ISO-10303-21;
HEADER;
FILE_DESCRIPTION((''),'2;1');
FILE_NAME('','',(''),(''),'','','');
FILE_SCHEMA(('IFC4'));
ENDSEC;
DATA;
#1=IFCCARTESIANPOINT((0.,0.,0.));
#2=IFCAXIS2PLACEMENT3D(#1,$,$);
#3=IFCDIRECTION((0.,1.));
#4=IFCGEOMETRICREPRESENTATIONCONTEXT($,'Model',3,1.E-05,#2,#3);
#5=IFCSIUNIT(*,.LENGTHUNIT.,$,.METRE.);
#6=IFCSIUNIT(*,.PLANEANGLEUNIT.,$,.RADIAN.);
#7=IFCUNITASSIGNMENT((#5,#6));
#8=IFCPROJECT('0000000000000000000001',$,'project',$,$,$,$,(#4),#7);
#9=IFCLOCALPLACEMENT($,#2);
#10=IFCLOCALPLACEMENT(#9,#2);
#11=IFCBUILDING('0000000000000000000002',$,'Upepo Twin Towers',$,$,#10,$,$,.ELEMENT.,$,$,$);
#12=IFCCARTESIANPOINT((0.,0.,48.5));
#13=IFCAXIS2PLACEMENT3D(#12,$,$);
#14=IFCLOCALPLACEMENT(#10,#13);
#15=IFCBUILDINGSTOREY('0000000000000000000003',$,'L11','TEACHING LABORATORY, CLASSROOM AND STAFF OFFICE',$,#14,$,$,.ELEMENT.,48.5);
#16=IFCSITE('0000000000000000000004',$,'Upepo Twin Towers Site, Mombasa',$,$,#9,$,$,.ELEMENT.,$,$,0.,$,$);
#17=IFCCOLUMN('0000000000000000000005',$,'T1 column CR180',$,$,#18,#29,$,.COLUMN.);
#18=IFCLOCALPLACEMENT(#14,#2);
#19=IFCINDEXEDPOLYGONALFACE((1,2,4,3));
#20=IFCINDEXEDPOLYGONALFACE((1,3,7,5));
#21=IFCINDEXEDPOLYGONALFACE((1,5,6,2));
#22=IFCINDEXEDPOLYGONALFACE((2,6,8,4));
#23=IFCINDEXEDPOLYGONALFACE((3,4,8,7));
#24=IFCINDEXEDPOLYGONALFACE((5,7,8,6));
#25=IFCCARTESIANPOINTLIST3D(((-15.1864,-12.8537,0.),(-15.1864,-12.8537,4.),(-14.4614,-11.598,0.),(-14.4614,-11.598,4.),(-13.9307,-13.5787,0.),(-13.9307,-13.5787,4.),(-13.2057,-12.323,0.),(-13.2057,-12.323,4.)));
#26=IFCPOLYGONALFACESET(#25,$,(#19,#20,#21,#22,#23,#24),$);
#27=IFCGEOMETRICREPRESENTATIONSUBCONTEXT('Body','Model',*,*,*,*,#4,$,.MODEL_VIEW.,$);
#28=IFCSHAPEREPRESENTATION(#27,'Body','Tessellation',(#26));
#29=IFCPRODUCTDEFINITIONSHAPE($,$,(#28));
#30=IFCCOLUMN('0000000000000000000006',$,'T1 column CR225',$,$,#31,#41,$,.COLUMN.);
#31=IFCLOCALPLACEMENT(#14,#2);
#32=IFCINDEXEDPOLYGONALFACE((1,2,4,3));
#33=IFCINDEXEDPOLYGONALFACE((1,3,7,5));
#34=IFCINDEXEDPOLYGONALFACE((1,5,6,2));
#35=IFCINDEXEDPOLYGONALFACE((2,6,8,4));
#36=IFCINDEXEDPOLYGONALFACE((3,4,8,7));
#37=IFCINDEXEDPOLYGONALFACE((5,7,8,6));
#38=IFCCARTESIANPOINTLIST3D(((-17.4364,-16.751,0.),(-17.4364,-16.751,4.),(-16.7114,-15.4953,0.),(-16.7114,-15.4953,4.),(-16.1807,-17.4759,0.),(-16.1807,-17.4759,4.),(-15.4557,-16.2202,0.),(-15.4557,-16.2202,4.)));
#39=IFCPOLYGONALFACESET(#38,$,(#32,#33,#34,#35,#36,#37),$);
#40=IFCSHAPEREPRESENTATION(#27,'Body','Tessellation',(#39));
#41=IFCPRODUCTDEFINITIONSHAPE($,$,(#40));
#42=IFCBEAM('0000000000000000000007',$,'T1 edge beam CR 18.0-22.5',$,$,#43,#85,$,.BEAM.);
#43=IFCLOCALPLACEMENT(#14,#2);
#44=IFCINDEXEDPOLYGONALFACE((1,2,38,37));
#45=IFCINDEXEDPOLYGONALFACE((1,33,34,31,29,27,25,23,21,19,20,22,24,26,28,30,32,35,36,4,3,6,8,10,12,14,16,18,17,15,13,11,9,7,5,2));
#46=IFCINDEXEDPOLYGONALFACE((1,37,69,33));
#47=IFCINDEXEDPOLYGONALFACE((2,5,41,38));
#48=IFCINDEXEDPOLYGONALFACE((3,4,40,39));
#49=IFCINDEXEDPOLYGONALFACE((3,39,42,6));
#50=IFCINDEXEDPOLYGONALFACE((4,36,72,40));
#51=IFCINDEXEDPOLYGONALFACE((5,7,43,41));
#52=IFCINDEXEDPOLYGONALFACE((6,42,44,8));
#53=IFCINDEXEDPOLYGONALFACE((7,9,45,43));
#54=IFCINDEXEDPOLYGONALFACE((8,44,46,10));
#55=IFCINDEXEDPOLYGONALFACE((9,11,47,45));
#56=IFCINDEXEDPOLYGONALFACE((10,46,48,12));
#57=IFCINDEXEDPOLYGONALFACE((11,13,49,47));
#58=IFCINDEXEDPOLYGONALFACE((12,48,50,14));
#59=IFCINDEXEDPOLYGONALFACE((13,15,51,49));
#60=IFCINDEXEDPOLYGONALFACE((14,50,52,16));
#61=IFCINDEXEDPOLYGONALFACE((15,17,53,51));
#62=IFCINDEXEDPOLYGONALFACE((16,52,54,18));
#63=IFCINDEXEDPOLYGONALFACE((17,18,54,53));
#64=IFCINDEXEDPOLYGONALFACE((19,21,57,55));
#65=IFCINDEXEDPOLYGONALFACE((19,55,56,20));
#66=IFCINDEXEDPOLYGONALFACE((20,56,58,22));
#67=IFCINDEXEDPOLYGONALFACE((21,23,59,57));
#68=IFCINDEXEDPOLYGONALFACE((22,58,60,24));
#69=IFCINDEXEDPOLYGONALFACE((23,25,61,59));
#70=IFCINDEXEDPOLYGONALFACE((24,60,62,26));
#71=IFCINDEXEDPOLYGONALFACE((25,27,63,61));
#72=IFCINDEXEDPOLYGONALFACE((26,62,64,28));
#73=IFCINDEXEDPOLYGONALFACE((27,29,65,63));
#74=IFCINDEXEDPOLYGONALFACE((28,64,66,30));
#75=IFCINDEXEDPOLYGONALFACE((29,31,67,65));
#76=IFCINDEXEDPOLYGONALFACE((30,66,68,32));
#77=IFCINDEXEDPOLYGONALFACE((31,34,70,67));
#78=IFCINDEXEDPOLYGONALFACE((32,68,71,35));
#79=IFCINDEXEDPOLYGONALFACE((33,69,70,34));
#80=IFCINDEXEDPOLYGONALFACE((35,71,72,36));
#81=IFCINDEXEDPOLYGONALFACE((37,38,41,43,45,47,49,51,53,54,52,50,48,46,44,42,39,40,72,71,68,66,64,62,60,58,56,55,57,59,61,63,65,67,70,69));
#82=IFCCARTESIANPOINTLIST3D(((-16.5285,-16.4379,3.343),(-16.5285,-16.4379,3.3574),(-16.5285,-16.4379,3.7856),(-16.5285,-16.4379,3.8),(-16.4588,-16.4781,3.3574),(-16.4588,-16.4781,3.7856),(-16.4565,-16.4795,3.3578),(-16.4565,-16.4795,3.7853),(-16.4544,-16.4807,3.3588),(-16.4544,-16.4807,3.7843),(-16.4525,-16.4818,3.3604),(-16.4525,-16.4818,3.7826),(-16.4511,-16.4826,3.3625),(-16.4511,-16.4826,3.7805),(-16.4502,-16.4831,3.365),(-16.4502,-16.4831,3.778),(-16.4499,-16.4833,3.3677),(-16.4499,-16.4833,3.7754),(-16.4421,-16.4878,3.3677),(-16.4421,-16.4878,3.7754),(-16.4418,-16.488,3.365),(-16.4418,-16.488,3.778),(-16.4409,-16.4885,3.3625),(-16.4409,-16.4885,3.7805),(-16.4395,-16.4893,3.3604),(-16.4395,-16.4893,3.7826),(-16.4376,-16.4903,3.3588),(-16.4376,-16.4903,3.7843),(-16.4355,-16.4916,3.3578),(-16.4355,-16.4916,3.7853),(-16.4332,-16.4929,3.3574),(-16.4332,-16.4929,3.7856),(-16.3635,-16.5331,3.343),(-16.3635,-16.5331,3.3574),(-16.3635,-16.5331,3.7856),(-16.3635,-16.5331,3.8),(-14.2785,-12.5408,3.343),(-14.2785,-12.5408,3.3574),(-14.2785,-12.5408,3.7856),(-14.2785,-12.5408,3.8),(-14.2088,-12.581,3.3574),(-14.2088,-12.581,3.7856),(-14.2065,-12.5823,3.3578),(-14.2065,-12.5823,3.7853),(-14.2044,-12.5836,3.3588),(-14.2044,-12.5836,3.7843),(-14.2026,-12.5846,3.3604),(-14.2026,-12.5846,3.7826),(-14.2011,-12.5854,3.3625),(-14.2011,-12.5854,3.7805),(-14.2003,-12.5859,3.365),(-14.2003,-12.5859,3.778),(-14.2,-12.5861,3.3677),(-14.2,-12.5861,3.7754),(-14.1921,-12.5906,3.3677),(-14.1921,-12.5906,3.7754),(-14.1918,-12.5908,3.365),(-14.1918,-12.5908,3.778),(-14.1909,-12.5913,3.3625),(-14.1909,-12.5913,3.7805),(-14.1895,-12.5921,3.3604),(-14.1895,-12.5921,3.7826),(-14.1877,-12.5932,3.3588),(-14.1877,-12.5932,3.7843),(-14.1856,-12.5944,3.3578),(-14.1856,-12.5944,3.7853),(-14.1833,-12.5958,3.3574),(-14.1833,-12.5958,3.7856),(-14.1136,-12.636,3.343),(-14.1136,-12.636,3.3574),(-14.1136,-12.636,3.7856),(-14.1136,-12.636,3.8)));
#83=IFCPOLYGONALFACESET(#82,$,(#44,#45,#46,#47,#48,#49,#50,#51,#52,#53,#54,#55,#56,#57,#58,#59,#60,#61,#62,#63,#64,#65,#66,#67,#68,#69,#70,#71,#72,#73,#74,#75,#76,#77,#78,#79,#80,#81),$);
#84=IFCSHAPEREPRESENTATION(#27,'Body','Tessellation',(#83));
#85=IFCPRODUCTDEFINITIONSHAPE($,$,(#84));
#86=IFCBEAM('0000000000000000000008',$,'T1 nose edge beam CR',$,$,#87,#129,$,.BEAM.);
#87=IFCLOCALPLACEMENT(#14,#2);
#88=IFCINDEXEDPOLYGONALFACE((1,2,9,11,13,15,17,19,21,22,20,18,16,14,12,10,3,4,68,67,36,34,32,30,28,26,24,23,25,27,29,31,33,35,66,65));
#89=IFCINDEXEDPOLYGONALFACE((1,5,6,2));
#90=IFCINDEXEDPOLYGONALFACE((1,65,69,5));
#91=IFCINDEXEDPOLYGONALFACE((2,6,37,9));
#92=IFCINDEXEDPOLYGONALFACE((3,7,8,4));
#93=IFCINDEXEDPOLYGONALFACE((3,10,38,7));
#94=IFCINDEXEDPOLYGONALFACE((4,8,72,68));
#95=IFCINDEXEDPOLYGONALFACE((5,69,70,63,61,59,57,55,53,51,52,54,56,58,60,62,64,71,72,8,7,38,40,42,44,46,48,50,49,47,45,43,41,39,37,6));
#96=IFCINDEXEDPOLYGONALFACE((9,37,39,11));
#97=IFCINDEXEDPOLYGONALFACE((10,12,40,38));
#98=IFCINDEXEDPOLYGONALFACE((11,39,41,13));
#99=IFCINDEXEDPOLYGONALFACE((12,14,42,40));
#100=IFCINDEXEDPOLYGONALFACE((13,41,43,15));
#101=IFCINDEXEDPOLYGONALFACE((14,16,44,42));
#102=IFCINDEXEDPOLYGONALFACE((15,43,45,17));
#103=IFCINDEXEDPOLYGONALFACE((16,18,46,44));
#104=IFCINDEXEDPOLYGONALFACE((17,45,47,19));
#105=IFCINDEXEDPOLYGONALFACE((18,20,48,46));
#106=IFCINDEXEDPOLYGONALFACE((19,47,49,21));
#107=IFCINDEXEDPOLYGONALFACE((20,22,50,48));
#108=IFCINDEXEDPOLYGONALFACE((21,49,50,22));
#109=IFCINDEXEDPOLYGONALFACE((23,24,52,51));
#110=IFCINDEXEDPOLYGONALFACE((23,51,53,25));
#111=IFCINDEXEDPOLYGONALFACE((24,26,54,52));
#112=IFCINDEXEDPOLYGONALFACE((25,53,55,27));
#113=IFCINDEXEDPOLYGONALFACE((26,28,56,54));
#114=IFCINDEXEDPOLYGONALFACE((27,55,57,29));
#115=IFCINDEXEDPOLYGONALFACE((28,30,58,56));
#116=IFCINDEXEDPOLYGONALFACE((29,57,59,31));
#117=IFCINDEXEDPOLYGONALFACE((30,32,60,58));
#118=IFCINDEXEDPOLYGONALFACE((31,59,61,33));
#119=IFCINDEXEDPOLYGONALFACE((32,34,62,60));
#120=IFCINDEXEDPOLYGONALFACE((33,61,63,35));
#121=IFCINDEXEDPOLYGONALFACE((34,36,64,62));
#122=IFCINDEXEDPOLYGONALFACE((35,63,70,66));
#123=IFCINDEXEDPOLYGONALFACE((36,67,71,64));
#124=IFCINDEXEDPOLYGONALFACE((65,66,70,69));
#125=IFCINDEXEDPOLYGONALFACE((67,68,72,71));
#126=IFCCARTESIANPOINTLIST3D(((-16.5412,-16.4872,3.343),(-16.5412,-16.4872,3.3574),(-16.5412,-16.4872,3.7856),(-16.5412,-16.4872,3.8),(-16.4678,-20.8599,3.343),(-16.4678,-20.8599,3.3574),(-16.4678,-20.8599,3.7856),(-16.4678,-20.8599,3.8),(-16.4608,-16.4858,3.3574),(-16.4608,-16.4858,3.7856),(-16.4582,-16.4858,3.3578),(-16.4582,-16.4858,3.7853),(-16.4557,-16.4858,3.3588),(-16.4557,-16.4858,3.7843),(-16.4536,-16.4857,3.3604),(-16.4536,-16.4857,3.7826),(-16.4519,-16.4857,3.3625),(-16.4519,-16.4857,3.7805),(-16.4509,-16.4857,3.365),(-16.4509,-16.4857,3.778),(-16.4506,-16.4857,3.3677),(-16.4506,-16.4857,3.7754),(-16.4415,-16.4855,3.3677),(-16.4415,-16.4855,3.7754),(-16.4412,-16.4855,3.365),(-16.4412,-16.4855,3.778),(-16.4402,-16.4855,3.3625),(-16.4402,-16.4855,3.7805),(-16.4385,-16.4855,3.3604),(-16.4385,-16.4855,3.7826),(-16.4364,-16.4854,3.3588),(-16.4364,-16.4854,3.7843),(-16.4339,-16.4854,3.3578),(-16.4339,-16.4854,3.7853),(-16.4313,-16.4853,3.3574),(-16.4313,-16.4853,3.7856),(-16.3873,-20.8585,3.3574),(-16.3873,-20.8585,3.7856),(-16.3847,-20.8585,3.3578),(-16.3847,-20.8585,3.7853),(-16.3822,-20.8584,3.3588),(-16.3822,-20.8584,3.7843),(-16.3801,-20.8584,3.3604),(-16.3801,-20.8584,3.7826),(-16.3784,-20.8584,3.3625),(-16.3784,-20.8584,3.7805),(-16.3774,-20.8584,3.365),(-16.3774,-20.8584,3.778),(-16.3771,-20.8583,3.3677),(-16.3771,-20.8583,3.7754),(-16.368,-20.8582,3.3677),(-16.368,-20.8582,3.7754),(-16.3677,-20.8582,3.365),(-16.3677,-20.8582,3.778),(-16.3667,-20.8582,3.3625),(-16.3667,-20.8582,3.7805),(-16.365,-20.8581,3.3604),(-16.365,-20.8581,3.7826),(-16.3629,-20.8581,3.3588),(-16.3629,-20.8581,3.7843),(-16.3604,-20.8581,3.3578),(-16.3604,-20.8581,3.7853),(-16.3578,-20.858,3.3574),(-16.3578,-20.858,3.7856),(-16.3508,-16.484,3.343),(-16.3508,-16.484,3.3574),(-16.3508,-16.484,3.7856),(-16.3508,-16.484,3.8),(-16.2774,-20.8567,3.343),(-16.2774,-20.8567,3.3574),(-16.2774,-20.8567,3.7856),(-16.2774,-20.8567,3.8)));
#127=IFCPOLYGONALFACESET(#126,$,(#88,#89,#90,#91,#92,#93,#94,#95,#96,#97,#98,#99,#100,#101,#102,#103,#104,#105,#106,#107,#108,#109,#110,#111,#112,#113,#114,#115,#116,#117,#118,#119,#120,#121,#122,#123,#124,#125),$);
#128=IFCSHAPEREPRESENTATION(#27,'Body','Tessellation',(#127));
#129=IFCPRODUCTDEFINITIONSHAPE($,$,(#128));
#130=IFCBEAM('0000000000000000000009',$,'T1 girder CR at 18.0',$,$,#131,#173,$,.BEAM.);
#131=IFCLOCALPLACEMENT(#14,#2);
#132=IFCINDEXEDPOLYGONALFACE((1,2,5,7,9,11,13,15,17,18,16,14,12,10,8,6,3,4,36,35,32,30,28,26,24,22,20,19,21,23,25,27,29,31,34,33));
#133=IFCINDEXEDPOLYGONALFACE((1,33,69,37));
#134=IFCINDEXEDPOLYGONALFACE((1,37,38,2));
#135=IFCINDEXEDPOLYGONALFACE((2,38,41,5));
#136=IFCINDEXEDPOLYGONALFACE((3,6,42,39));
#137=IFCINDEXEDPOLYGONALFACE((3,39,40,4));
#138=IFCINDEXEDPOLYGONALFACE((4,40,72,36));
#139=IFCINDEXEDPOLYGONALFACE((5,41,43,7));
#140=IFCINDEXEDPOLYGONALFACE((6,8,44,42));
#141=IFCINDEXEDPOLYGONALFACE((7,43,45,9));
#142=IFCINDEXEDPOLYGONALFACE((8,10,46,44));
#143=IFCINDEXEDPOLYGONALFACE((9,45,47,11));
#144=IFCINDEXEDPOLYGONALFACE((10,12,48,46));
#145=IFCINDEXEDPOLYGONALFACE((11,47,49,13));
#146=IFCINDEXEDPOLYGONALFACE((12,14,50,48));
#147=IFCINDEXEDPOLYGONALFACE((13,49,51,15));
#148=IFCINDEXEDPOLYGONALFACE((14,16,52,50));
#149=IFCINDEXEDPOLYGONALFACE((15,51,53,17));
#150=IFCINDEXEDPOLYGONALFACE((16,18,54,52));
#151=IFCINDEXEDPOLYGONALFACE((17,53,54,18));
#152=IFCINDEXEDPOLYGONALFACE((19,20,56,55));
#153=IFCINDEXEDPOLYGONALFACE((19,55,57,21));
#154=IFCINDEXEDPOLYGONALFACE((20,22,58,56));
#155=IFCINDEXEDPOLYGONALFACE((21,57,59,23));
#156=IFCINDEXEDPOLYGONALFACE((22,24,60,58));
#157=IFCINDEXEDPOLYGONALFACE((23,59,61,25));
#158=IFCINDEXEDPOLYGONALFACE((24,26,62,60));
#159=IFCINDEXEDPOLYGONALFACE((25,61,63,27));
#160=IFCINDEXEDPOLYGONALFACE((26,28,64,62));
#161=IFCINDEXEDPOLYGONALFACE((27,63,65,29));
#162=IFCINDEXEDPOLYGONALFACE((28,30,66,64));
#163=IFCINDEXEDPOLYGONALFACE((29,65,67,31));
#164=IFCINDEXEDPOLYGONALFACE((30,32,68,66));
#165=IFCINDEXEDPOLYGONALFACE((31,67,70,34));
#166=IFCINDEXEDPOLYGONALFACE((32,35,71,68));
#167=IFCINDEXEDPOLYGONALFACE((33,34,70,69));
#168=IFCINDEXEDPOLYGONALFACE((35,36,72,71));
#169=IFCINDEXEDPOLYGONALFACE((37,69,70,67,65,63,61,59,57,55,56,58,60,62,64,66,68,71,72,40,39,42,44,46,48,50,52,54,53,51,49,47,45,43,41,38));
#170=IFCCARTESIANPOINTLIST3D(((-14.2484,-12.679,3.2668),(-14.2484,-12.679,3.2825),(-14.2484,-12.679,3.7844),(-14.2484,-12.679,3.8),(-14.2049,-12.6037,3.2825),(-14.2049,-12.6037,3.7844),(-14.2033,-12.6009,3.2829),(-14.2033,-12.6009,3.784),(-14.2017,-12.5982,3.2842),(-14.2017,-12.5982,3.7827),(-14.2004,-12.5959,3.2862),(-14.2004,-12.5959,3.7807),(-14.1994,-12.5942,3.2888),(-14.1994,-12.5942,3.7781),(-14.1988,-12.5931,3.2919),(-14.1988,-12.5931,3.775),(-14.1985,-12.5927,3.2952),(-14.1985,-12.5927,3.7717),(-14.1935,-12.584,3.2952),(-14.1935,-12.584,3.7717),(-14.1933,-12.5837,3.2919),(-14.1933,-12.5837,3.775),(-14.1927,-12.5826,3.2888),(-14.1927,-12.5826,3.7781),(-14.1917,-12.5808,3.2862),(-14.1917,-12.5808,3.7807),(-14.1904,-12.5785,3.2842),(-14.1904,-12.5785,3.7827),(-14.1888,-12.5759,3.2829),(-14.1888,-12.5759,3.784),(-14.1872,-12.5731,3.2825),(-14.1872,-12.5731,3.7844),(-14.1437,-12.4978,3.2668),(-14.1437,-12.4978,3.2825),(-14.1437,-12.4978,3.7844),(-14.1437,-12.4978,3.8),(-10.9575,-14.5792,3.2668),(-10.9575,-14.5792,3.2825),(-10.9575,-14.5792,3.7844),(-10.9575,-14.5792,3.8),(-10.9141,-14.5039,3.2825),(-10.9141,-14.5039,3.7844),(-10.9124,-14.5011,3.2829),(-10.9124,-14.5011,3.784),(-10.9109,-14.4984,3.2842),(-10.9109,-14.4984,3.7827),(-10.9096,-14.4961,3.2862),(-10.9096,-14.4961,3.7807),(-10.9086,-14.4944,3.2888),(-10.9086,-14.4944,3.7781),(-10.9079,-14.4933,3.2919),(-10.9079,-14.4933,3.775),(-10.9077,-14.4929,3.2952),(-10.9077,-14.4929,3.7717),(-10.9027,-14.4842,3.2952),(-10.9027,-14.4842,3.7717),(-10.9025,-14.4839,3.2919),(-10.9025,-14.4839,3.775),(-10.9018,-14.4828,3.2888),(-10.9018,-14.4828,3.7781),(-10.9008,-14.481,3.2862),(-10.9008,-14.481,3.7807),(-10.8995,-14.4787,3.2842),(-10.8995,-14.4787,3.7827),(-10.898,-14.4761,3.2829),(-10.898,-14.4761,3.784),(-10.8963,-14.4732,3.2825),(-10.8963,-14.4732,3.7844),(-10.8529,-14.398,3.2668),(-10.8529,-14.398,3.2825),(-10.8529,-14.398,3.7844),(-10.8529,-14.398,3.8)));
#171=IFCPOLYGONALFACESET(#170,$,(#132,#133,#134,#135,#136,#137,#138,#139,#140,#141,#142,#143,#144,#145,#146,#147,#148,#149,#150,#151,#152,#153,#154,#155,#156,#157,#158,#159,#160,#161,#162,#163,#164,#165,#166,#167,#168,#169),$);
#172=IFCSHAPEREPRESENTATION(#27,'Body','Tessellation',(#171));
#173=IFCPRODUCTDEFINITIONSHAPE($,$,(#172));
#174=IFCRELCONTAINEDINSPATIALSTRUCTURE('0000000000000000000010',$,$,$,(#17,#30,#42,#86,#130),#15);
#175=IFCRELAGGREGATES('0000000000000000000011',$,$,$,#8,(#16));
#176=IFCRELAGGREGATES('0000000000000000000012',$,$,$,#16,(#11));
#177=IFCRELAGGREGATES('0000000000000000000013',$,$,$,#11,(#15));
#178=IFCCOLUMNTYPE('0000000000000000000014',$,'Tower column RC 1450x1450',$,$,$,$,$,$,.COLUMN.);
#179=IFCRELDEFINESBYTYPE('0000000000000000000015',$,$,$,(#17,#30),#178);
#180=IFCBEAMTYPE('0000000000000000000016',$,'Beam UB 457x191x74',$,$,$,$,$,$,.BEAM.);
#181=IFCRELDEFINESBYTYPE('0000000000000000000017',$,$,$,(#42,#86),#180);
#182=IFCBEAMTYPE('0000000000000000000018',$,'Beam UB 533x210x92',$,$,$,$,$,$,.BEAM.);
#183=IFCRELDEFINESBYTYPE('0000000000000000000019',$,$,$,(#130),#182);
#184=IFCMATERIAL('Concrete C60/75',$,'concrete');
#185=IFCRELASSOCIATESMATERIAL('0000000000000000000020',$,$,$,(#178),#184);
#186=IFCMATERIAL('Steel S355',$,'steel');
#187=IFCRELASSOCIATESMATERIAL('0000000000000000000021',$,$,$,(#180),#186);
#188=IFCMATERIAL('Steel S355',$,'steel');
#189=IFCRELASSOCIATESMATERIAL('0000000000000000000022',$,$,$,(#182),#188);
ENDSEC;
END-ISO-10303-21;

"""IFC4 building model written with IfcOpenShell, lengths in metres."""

from ifc_helpers import new_model, si_unit, direction, frame, origin, origin_2d, place, context, subcontext, project, spatial, rectangle, i_section, extrude, material, material_profile, profile_set, type_object, element, save


model = new_model("IFC4")

# Units and contexts
model_context = context("Model", 3, precision=1e-05, world=origin(), true_north=direction((0.0, 1.0)))
body_context = subcontext(model_context, "Body", "Model", "MODEL_VIEW")
ifc_project = project(units=[si_unit("LENGTHUNIT", "METRE"), si_unit("PLANEANGLEUNIT", "RADIAN")], contexts=[model_context])

# Site, building, storey
site_placement = place(None, origin())
site = spatial("IfcSite", under=ifc_project, at=site_placement, Name="Upepo Twin Towers Site, Mombasa", CompositionType="ELEMENT", RefElevation=0.0)
building_placement = place(site_placement, origin())
building = spatial("IfcBuilding", under=site, at=building_placement, Name="Upepo Twin Towers", CompositionType="ELEMENT")
storey_placement = place(building_placement, frame((0.0, 0.0, 48.5)))
storey = spatial("IfcBuildingStorey", under=building, at=storey_placement, Name="L11", Description="TEACHING LABORATORY, CLASSROOM AND STAFF OFFICE", CompositionType="ELEMENT", Elevation=48.5)

# Columns
ifc_material_1 = material(Name="Concrete C60/75", Category="concrete")
ifc_material_profile_1 = material_profile(ifc_material_1, rectangle(XDim=1.45, YDim=1.45, at=origin_2d()), Name="RC 1450x1450")
ifc_profile_set_1 = profile_set([ifc_material_profile_1], Name="Concrete C60/75")
column_type = type_object("IfcColumnType", Name="Tower column RC 1450x1450", PredefinedType="COLUMN", material=ifc_profile_set_1)
for number, where, z_axis, x_axis, name in (
    (1, (-14.196, -12.5884, 0.0), (0.0, 0.0, 1.0), (0.5, 0.866025, 0.0), "T1 column CR180"),
    (2, (-16.446, -16.4856, 0.0), (0.0, 0.0, 1.0), (0.5, 0.866025, 0.0), "T1 column CR225"),
):
    element("IfcColumn", number, at=place(storey_placement, frame(where, z_axis=z_axis, x_axis=x_axis)), inside=storey, type_object=column_type, Name=name, PredefinedType="COLUMN", context=body_context, shape_type="SweptSolid", body=[
        extrude(rectangle(XDim=1.45, YDim=1.45, at=origin_2d()), origin(), (0.0, 0.0, 1.0), 4.0),
    ])

# Beams
ifc_material_2 = material(Name="Steel S355", Category="steel")
ifc_material_profile_2 = material_profile(ifc_material_2, i_section(OverallWidth=0.1904, OverallDepth=0.457, WebThickness=0.009, FlangeThickness=0.0144, FilletRadius=0.0103, at=origin_2d()), Name="UB 457x191x74")
ifc_profile_set_2 = profile_set([ifc_material_profile_2], Name="Steel S355")
beam_type_1 = type_object("IfcBeamType", Name="Beam UB 457x191x74", PredefinedType="BEAM", material=ifc_profile_set_2)
beam_1_placement = place(storey_placement, frame((-14.196, -12.5884, 3.5715), z_axis=(-0.49999, -0.866031, 0.0), x_axis=(0.866031, -0.49999, 0.0)))
element("IfcBeam", 3, at=beam_1_placement, inside=storey, type_object=beam_type_1, Name="T1 edge beam CR 18.0-22.5", PredefinedType="BEAM", context=body_context, shape_type="SweptSolid", body=[
    extrude(i_section(OverallWidth=0.1904, OverallDepth=0.457, WebThickness=0.009, FlangeThickness=0.0144, FilletRadius=0.0103, at=origin_2d()), origin(), (0.0, 0.0, 1.0), 4.5),
])
beam_2_placement = place(storey_placement, frame((-16.446, -16.4856, 3.5715), z_axis=(0.016804, -0.999859, 0.0), x_axis=(0.999859, 0.016804, 0.0)))
element("IfcBeam", 4, at=beam_2_placement, inside=storey, type_object=beam_type_1, Name="T1 nose edge beam CR", PredefinedType="BEAM", context=body_context, shape_type="SweptSolid", body=[
    extrude(i_section(OverallWidth=0.1904, OverallDepth=0.457, WebThickness=0.009, FlangeThickness=0.0144, FilletRadius=0.0103, at=origin_2d()), origin(), (0.0, 0.0, 1.0), 4.3733),
])
ifc_material_3 = material(Name="Steel S355", Category="steel")
ifc_material_profile_3 = material_profile(ifc_material_3, i_section(OverallWidth=0.2092, OverallDepth=0.5332, WebThickness=0.01, FlangeThickness=0.0156, FilletRadius=0.0127, at=origin_2d()), Name="UB 533x210x92")
ifc_profile_set_3 = profile_set([ifc_material_profile_3], Name="Steel S355")
beam_type_2 = type_object("IfcBeamType", Name="Beam UB 533x210x92", PredefinedType="BEAM", material=ifc_profile_set_3)
beam_3_placement = place(storey_placement, frame((-14.196, -12.5884, 3.5334), z_axis=(0.866, -0.500043, 0.0), x_axis=(0.500043, 0.866, 0.0)))
element("IfcBeam", 5, at=beam_3_placement, inside=storey, type_object=beam_type_2, Name="T1 girder CR at 18.0", PredefinedType="BEAM", context=body_context, shape_type="SweptSolid", body=[
    extrude(i_section(OverallWidth=0.2092, OverallDepth=0.5332, WebThickness=0.01, FlangeThickness=0.0156, FilletRadius=0.0127, at=origin_2d()), origin(), (0.0, 0.0, 1.0), 3.8),
])

save(model, "model.ifc")
